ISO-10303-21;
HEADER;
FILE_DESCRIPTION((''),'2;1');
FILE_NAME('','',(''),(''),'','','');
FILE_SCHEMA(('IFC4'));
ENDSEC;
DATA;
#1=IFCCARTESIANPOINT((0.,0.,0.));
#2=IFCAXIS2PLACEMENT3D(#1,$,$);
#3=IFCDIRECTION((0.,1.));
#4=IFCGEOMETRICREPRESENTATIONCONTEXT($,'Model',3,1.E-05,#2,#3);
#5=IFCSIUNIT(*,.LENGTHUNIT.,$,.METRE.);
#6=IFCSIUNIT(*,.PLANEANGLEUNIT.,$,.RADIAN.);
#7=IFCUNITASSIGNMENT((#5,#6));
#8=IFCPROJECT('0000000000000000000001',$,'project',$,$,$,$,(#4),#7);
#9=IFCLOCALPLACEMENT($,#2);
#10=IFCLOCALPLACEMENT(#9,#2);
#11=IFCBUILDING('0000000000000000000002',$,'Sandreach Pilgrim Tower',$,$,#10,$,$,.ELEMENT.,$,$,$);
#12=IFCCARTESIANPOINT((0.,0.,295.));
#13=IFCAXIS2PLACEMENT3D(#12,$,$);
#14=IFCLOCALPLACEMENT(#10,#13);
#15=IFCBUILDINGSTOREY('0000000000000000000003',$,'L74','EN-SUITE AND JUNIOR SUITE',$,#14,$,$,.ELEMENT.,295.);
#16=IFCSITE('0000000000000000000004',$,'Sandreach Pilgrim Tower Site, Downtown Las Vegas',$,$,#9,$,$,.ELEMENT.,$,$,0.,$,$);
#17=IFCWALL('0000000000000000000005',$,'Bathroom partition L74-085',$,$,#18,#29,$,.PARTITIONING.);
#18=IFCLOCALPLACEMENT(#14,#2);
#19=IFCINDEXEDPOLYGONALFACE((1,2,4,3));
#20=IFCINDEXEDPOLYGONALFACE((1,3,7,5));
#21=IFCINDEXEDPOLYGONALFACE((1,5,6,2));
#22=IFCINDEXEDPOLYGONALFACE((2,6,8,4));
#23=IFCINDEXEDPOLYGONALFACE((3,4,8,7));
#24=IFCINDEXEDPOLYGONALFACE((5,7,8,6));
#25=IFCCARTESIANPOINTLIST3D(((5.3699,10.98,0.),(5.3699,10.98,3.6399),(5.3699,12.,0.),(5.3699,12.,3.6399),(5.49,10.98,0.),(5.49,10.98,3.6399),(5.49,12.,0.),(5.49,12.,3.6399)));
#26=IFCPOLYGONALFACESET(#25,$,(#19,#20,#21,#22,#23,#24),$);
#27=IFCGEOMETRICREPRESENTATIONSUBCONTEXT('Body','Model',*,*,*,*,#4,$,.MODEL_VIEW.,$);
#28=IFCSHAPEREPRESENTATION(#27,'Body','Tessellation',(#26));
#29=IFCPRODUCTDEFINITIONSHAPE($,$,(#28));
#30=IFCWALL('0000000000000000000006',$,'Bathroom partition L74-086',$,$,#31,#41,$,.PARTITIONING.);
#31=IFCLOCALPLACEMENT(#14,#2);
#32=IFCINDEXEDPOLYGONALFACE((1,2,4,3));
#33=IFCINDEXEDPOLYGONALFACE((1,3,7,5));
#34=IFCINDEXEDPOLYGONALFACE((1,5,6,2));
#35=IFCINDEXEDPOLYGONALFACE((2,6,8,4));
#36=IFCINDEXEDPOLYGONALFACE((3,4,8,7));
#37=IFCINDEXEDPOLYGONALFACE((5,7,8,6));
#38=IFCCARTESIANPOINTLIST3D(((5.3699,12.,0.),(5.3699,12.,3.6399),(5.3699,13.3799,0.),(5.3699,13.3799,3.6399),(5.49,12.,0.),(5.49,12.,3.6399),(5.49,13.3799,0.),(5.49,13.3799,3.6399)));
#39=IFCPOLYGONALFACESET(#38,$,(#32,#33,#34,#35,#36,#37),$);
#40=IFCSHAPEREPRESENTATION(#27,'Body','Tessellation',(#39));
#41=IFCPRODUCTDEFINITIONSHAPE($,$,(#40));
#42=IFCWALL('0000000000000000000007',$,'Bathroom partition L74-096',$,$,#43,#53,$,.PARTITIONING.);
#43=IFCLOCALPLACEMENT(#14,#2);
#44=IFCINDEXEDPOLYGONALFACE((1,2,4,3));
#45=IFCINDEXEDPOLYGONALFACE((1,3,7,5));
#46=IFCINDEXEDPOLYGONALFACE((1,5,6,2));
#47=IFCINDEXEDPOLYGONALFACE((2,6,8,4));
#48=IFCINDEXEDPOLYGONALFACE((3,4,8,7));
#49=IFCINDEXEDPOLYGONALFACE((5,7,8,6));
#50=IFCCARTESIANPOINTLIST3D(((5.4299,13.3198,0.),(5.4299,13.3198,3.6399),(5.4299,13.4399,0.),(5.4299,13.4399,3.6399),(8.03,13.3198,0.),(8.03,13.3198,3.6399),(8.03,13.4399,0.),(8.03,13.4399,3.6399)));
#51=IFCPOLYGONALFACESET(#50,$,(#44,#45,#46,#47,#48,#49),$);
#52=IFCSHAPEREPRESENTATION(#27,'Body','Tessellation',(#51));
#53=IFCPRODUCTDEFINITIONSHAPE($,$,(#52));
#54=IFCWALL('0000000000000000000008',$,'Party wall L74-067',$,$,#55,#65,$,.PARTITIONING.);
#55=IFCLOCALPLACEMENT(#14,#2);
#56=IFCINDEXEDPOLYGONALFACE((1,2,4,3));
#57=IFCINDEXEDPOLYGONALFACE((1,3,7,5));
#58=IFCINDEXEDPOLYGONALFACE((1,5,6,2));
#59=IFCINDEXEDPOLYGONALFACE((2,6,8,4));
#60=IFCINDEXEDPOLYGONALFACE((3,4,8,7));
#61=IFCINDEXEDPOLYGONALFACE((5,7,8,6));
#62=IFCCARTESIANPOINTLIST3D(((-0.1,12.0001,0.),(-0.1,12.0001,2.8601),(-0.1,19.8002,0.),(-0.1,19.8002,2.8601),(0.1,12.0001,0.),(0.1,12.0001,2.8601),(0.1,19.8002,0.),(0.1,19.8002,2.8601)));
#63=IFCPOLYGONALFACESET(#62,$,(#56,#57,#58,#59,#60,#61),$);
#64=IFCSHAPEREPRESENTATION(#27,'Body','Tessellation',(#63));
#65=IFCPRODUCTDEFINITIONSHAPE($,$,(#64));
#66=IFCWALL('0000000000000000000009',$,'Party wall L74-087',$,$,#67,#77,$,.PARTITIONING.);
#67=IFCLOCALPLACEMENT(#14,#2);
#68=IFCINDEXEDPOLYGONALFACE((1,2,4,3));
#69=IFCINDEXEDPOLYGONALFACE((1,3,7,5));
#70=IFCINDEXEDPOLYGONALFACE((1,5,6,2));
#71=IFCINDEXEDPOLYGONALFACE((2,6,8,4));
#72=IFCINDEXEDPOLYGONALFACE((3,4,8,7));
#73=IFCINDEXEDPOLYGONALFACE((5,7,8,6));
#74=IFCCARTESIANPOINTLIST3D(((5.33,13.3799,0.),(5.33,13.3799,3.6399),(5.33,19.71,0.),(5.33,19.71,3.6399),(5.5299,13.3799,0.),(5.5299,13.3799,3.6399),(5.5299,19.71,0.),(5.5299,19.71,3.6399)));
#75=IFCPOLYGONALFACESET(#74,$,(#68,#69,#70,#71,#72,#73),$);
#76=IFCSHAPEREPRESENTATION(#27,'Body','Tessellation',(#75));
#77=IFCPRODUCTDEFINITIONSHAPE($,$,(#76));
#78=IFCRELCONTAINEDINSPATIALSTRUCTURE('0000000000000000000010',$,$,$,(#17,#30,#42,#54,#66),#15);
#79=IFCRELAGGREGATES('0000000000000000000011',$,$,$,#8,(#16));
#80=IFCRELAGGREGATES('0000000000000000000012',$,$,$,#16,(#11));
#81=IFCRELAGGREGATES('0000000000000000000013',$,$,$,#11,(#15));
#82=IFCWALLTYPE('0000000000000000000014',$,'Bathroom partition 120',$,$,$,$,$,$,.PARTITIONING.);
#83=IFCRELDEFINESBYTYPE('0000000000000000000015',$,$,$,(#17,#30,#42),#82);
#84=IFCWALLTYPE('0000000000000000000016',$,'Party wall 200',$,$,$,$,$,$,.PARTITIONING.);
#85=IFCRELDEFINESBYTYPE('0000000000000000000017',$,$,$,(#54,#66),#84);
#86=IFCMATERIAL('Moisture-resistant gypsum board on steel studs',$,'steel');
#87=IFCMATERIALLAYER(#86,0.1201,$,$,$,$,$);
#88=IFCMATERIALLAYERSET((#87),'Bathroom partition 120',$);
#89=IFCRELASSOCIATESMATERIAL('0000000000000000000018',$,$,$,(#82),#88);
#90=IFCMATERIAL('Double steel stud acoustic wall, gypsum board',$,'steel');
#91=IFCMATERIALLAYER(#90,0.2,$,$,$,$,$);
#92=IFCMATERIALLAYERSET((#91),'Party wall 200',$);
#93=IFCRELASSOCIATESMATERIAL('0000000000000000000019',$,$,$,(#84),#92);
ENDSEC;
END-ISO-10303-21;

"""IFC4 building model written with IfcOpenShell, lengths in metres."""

from ifc_helpers import new_model, si_unit, direction, frame, frame_2d, origin, place, context, subcontext, project, spatial, rectangle, extrude, material, layer, layer_set, type_object, element, save


model = new_model("IFC4")

# Units and contexts
model_context = context("Model", 3, precision=1e-05, world=origin(), true_north=direction((0.0, 1.0)))
body_context = subcontext(model_context, "Body", "Model", "MODEL_VIEW")
ifc_project = project(units=[si_unit("LENGTHUNIT", "METRE"), si_unit("PLANEANGLEUNIT", "RADIAN")], contexts=[model_context])

# Site, building, storey
site_placement = place(None, origin())
site = spatial("IfcSite", under=ifc_project, at=site_placement, Name="Sandreach Pilgrim Tower Site, Downtown Las Vegas", CompositionType="ELEMENT", RefElevation=0.0)
building_placement = place(site_placement, origin())
building = spatial("IfcBuilding", under=site, at=building_placement, Name="Sandreach Pilgrim Tower", CompositionType="ELEMENT")
storey_placement = place(building_placement, frame((0.0, 0.0, 295.0)))
storey = spatial("IfcBuildingStorey", under=building, at=storey_placement, Name="L74", Description="EN-SUITE AND JUNIOR SUITE", CompositionType="ELEMENT", Elevation=295.0)

# Walls
ifc_material_1 = material(Name="Moisture-resistant gypsum board on steel studs", Category="steel")
ifc_layer_1 = layer(ifc_material_1, 0.1201)
ifc_layer_set_1 = layer_set([ifc_layer_1], Name="Bathroom partition 120")
wall_type_1 = type_object("IfcWallType", Name="Bathroom partition 120", PredefinedType="PARTITIONING", material=ifc_layer_set_1)
wall_1_placement = place(storey_placement, frame((5.4299, 12.0, 0.0), z_axis=(0.0, 0.0, 1.0), x_axis=(0.0, -1.0, 0.0)))
element("IfcWall", 1, at=wall_1_placement, inside=storey, type_object=wall_type_1, Name="Bathroom partition L74-085", PredefinedType="PARTITIONING", context=body_context, shape_type="SweptSolid", body=[
    extrude(rectangle(XDim=1.02, YDim=0.1201, at=frame_2d((0.51, 0.0))), origin(), (0.0, 0.0, 1.0), 3.6399),
])
wall_2_placement = place(storey_placement, frame((5.4299, 13.3799, 0.0), z_axis=(0.0, 0.0, 1.0), x_axis=(0.0, -1.0, 0.0)))
element("IfcWall", 2, at=wall_2_placement, inside=storey, type_object=wall_type_1, Name="Bathroom partition L74-086", PredefinedType="PARTITIONING", context=body_context, shape_type="SweptSolid", body=[
    extrude(rectangle(XDim=1.3799, YDim=0.1201, at=frame_2d((0.6899, 0.0))), origin(), (0.0, 0.0, 1.0), 3.6399),
])
wall_3_placement = place(storey_placement, frame((8.03, 13.3799, 0.0), z_axis=(0.0, 0.0, 1.0), x_axis=(-1.0, 0.0, 0.0)))
element("IfcWall", 3, at=wall_3_placement, inside=storey, type_object=wall_type_1, Name="Bathroom partition L74-096", PredefinedType="PARTITIONING", context=body_context, shape_type="SweptSolid", body=[
    extrude(rectangle(XDim=2.6001, YDim=0.1201, at=frame_2d((1.3, 0.0))), origin(), (0.0, 0.0, 1.0), 3.6399),
])
ifc_material_2 = material(Name="Double steel stud acoustic wall, gypsum board", Category="steel")
ifc_layer_2 = layer(ifc_material_2, 0.2)
ifc_layer_set_2 = layer_set([ifc_layer_2], Name="Party wall 200")
wall_type_2 = type_object("IfcWallType", Name="Party wall 200", PredefinedType="PARTITIONING", material=ifc_layer_set_2)
wall_4_placement = place(storey_placement, frame((0.0, 19.8, 0.0), z_axis=(0.0, 0.0, 1.0), x_axis=(0.0, -1.0, 0.0)))
element("IfcWall", 4, at=wall_4_placement, inside=storey, type_object=wall_type_2, Name="Party wall L74-067", PredefinedType="PARTITIONING", context=body_context, shape_type="SweptSolid", body=[
    extrude(rectangle(XDim=7.8, YDim=0.2, at=frame_2d((3.8999, 0.0))), origin(), (0.0, 0.0, 1.0), 2.8601),
])
wall_5_placement = place(storey_placement, frame((5.4299, 19.71, 0.0), z_axis=(0.0, 0.0, 1.0), x_axis=(0.0, -1.0, 0.0)))
element("IfcWall", 5, at=wall_5_placement, inside=storey, type_object=wall_type_2, Name="Party wall L74-087", PredefinedType="PARTITIONING", context=body_context, shape_type="SweptSolid", body=[
    extrude(rectangle(XDim=6.3301, YDim=0.2, at=frame_2d((3.165, 0.0))), origin(), (0.0, 0.0, 1.0), 3.6399),
])

save(model, "model.ifc")
